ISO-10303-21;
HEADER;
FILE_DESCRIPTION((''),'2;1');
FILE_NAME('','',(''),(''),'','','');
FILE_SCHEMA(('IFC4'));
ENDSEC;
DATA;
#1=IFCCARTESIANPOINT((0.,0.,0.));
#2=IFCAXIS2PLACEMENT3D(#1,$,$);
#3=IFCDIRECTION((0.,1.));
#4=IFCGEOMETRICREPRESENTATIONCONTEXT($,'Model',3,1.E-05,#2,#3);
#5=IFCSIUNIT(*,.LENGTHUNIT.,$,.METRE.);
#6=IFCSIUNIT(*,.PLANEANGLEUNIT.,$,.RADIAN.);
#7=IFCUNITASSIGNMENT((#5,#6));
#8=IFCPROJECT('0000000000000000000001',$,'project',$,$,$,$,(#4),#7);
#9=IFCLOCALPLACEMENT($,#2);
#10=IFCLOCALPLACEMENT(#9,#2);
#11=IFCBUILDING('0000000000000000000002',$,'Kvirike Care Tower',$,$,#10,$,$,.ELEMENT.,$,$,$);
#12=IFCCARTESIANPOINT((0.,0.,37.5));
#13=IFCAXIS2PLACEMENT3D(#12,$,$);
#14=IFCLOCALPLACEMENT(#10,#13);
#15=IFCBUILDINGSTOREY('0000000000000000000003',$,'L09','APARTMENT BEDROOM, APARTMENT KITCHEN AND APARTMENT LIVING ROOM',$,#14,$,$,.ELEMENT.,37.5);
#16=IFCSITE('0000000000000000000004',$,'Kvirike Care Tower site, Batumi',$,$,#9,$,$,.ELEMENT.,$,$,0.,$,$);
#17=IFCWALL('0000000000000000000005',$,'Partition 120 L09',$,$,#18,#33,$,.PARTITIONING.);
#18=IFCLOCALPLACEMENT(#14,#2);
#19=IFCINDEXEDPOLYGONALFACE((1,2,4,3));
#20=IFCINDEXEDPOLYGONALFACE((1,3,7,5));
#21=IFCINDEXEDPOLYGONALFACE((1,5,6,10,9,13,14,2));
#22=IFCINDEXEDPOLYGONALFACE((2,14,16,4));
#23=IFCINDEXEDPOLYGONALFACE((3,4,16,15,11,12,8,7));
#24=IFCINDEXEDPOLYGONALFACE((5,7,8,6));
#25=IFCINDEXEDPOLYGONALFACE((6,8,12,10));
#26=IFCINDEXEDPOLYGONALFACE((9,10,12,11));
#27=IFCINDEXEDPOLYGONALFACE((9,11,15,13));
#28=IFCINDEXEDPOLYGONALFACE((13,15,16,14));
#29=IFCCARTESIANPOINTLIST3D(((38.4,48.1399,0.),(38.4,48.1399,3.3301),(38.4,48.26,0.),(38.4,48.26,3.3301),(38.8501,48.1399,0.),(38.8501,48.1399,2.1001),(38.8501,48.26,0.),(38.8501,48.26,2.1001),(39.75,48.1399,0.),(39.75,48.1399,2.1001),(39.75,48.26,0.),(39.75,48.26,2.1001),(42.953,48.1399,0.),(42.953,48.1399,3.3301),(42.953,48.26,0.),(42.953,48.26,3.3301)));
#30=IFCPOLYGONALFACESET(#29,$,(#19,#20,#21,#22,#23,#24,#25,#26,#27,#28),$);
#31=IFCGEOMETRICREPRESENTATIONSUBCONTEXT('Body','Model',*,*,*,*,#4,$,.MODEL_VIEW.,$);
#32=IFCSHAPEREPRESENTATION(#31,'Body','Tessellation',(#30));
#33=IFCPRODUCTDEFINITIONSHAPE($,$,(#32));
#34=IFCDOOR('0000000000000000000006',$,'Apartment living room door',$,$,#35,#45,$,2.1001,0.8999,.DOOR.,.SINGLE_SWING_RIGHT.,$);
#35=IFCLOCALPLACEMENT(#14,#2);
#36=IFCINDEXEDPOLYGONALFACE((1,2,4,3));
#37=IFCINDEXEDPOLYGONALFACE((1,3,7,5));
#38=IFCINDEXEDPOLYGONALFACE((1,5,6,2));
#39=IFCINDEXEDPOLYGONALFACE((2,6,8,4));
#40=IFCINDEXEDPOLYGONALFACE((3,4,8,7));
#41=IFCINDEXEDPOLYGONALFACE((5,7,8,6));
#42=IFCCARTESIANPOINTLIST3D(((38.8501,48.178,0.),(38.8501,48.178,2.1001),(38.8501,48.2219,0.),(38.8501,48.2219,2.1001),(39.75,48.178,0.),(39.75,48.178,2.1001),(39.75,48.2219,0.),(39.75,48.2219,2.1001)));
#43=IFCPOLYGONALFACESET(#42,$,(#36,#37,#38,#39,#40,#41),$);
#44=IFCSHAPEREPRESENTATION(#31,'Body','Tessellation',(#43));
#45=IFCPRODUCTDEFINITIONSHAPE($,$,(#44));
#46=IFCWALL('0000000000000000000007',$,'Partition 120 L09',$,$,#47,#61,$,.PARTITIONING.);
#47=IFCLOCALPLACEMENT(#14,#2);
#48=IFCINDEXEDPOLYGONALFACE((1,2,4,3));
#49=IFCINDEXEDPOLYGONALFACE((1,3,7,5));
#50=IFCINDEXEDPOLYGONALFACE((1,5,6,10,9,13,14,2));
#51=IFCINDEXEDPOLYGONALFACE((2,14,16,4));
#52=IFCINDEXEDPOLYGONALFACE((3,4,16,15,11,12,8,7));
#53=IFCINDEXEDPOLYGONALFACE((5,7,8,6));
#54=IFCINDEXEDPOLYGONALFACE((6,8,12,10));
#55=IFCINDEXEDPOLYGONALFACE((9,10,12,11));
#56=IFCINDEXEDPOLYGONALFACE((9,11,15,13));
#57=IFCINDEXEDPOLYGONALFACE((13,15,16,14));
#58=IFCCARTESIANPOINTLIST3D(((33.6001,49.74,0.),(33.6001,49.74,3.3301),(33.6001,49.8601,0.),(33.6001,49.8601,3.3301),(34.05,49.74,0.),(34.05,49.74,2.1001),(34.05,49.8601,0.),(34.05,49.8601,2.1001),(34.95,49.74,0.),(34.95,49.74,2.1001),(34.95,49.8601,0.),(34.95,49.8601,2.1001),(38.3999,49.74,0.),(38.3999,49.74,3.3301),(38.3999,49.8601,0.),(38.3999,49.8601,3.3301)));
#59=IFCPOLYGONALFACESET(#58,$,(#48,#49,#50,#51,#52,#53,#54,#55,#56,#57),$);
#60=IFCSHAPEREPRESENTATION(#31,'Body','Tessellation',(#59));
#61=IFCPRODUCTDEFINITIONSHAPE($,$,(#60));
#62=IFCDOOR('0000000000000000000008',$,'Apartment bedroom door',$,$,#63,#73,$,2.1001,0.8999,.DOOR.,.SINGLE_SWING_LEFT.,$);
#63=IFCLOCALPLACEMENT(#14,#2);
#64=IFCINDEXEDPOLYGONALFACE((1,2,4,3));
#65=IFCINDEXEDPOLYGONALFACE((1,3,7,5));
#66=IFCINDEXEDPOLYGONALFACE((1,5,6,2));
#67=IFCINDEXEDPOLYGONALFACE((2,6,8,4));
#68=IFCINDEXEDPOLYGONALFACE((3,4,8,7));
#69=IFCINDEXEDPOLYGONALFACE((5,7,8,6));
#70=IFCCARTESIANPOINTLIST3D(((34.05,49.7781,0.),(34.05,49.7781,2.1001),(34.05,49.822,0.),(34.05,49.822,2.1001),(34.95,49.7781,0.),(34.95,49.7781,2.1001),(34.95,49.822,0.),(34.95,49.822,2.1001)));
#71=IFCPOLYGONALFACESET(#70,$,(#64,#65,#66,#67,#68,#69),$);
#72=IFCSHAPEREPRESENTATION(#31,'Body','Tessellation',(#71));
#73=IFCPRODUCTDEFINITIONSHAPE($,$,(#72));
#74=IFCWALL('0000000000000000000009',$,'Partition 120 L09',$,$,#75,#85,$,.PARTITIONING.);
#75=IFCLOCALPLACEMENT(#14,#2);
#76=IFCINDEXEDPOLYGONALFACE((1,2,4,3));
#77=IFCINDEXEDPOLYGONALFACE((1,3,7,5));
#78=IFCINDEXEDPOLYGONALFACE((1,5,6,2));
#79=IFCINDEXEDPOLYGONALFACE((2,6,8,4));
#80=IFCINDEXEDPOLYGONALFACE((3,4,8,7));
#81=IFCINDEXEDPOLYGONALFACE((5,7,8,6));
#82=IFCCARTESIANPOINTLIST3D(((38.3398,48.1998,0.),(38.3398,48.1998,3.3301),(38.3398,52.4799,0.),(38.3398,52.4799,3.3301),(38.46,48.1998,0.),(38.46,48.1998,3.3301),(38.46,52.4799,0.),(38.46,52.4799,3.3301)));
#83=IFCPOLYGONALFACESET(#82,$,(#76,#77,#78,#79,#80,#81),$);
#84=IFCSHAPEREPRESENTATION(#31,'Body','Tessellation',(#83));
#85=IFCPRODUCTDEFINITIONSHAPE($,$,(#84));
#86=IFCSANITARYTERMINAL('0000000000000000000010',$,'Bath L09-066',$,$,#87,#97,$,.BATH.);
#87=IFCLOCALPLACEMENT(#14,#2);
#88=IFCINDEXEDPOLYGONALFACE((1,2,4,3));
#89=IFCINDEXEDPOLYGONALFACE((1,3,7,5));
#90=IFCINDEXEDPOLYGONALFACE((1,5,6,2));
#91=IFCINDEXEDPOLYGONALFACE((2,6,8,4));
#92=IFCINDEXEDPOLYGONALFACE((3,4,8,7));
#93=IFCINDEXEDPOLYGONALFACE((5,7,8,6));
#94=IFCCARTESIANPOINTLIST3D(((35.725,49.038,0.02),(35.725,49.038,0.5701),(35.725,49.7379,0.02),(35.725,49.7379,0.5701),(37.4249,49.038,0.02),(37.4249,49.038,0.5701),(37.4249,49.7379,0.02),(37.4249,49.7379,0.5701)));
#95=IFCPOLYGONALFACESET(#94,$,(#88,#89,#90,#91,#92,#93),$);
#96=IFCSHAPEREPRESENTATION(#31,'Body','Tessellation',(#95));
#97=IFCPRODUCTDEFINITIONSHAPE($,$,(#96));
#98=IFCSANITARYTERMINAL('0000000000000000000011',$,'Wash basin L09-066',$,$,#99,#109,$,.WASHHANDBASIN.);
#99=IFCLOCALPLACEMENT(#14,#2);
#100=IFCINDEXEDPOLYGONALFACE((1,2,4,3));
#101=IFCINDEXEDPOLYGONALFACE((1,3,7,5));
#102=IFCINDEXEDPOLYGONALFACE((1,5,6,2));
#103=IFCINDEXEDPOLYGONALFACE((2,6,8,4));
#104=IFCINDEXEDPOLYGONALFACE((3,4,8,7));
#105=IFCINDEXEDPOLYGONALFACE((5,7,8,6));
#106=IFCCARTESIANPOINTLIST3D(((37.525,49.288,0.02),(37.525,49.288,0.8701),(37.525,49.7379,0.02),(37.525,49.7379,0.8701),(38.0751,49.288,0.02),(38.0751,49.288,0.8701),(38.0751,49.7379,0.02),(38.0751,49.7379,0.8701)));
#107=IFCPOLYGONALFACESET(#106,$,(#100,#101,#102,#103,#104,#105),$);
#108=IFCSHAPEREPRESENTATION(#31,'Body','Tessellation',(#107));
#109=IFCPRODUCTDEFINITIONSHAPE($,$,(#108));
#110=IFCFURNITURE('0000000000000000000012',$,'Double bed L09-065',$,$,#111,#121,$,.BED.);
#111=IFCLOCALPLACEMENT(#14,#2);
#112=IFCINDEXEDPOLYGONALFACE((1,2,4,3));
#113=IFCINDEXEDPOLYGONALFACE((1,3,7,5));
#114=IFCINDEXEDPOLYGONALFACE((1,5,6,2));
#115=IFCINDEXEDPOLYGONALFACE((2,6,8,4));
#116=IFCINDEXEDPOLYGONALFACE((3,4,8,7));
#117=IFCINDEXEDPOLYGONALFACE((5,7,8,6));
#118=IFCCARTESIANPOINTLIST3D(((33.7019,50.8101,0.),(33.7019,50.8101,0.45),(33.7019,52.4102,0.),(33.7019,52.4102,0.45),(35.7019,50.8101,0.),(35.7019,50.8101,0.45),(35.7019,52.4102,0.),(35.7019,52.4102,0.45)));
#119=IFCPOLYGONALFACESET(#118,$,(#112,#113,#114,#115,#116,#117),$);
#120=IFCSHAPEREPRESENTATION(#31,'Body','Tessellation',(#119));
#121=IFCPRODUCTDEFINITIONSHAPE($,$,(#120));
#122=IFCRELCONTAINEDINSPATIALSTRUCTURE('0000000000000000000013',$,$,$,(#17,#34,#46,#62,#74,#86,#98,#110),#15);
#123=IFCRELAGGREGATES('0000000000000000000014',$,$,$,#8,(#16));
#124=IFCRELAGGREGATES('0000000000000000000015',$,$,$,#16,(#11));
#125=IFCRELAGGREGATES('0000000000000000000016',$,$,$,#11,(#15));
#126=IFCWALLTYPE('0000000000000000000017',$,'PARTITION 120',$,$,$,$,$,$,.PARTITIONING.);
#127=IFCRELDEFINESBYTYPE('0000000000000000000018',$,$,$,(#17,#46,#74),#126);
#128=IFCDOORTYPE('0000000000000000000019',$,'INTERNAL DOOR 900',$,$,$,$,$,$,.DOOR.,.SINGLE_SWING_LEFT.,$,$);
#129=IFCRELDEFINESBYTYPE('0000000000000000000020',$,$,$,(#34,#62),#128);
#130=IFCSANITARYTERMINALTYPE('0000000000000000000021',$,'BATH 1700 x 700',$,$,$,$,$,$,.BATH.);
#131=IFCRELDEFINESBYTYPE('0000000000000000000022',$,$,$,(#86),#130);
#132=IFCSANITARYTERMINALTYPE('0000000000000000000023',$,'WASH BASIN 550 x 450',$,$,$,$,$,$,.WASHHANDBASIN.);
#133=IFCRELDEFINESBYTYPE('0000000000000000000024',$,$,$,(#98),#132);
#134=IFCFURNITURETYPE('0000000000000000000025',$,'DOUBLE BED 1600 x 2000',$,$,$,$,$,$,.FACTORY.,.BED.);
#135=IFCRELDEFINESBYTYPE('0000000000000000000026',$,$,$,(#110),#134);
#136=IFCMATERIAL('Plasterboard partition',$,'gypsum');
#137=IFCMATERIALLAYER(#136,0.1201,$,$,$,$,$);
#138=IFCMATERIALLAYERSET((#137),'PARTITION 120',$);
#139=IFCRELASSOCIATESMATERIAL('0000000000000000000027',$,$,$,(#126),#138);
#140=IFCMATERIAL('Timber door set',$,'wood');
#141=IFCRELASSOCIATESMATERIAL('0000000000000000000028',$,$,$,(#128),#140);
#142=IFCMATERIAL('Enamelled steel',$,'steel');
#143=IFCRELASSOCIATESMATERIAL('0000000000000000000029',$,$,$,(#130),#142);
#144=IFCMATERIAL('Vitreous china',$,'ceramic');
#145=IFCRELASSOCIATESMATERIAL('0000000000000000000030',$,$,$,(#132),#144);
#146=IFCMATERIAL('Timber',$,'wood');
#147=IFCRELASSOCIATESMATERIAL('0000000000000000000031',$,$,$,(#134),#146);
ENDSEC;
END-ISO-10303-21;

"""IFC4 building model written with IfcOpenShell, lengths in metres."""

from ifc_helpers import new_model, si_unit, direction, frame, frame_2d, origin, origin_2d, place, context, subcontext, project, spatial, rectangle, extrude, material, layer, layer_set, type_object, element, fill, save


model = new_model("IFC4")

# Units and contexts
model_context = context("Model", 3, precision=1e-05, world=origin(), true_north=direction((0.0, 1.0)))
body_context = subcontext(model_context, "Body", "Model", "MODEL_VIEW")
ifc_project = project(units=[si_unit("LENGTHUNIT", "METRE"), si_unit("PLANEANGLEUNIT", "RADIAN")], contexts=[model_context])

# Site, building, storey
site_placement = place(None, origin())
site = spatial("IfcSite", under=ifc_project, at=site_placement, Name="Kvirike Care Tower site, Batumi", CompositionType="ELEMENT", RefElevation=0.0)
building_placement = place(site_placement, origin())
building = spatial("IfcBuilding", under=site, at=building_placement, Name="Kvirike Care Tower", CompositionType="ELEMENT")
storey_placement = place(building_placement, frame((0.0, 0.0, 37.5)))
storey = spatial("IfcBuildingStorey", under=building, at=storey_placement, Name="L09", Description="APARTMENT BEDROOM, APARTMENT KITCHEN AND APARTMENT LIVING ROOM", CompositionType="ELEMENT", Elevation=37.5)

# Walls, openings, doors
ifc_material_1 = material(Name="Plasterboard partition", Category="gypsum")
ifc_layer_1 = layer(ifc_material_1, 0.1201)
ifc_layer_set_1 = layer_set([ifc_layer_1], Name="PARTITION 120")
wall_type_1 = type_object("IfcWallType", Name="PARTITION 120", PredefinedType="PARTITIONING", material=ifc_layer_set_1)
ifc_material_2 = material(Name="Timber door set", Category="wood")
door_type_1 = type_object("IfcDoorType", Name="INTERNAL DOOR 900", OperationType="SINGLE_SWING_LEFT", PredefinedType="DOOR", material=ifc_material_2)
wall_1_placement = place(storey_placement, frame((42.9529, 48.2, 0.0), z_axis=(0.0, 0.0, 1.0), x_axis=(-1.0, 0.0, 0.0)))
wall_1 = element("IfcWall", 1, at=wall_1_placement, inside=storey, type_object=wall_type_1, Name="Partition 120 L09", PredefinedType="PARTITIONING", context=body_context, shape_type="SweptSolid", body=[
    extrude(rectangle(XDim=4.553, YDim=0.1201, at=frame_2d((2.2764, 0.0))), origin(), (0.0, 0.0, 1.0), 3.3301),
])
opening_1_placement = place(wall_1_placement, frame((3.2029, 0.0, 0.0)))
opening_1 = element("IfcOpeningElement", 2, at=opening_1_placement, cuts=wall_1, PredefinedType="OPENING", context=body_context, shape_type="SweptSolid", body=[
    extrude(rectangle(XDim=0.8999, YDim=2.1001, at=frame_2d((0.45, 1.05))), frame((0.0, 0.0706, 0.0), z_axis=(0.0, -1.0, 0.0), x_axis=(1.0, 0.0, 0.0)), (0.0, 0.0, 1.0), 0.1411),
])
door_1_placement = place(opening_1_placement, frame((0.8999, 0.0, 0.0), z_axis=(0.0, 0.0, 1.0), x_axis=(-1.0, 0.0, 0.0)))
door_1 = element("IfcDoor", 3, at=door_1_placement, inside=storey, type_object=door_type_1, Name="Apartment living room door", OperationType="SINGLE_SWING_RIGHT", OverallHeight=2.1001, OverallWidth=0.8999, PredefinedType="DOOR", context=body_context, shape_type="SweptSolid", body=[
    extrude(rectangle(XDim=0.8999, YDim=2.1001, at=frame_2d((0.45, 1.05))), frame((0.0, 0.022, 0.0), z_axis=(0.0, -1.0, 0.0), x_axis=(1.0, 0.0, 0.0)), (0.0, 0.0, 1.0), 0.0439),
])
fill(opening_1, door_1)
wall_2_placement = place(storey_placement, frame((38.3999, 49.8, 0.0), z_axis=(0.0, 0.0, 1.0), x_axis=(-1.0, 0.0, 0.0)))
wall_2 = element("IfcWall", 4, at=wall_2_placement, inside=storey, type_object=wall_type_1, Name="Partition 120 L09", PredefinedType="PARTITIONING", context=body_context, shape_type="SweptSolid", body=[
    extrude(rectangle(XDim=4.7998, YDim=0.1201, at=frame_2d((2.3999, 0.0))), origin(), (0.0, 0.0, 1.0), 3.3301),
])
opening_2_placement = place(wall_2_placement, frame((3.45, 0.0, 0.0)))
opening_2 = element("IfcOpeningElement", 5, at=opening_2_placement, cuts=wall_2, PredefinedType="OPENING", context=body_context, shape_type="SweptSolid", body=[
    extrude(rectangle(XDim=0.8999, YDim=2.1001, at=frame_2d((0.45, 1.05))), frame((0.0, 0.0706, 0.0), z_axis=(0.0, -1.0, 0.0), x_axis=(1.0, 0.0, 0.0)), (0.0, 0.0, 1.0), 0.1411),
])
door_2_placement = place(opening_2_placement, origin())
door_2 = element("IfcDoor", 6, at=door_2_placement, inside=storey, type_object=door_type_1, Name="Apartment bedroom door", OperationType="SINGLE_SWING_LEFT", OverallHeight=2.1001, OverallWidth=0.8999, PredefinedType="DOOR", context=body_context, shape_type="SweptSolid", body=[
    extrude(rectangle(XDim=0.8999, YDim=2.1001, at=frame_2d((0.45, 1.05))), frame((0.0, 0.022, 0.0), z_axis=(0.0, -1.0, 0.0), x_axis=(1.0, 0.0, 0.0)), (0.0, 0.0, 1.0), 0.0439),
])
fill(opening_2, door_2)

# Wall
wall_3_placement = place(storey_placement, frame((38.3999, 52.48, 0.0), z_axis=(0.0, 0.0, 1.0), x_axis=(0.0, -1.0, 0.0)))
element("IfcWall", 7, at=wall_3_placement, inside=storey, type_object=wall_type_1, Name="Partition 120 L09", PredefinedType="PARTITIONING", context=body_context, shape_type="SweptSolid", body=[
    extrude(rectangle(XDim=4.28, YDim=0.1201, at=frame_2d((2.1401, 0.0))), origin(), (0.0, 0.0, 1.0), 3.3301),
])

# Sanitary terminals
ifc_material_3 = material(Name="Enamelled steel", Category="steel")
sanitary_terminal_type_1 = type_object("IfcSanitaryTerminalType", Name="BATH 1700 x 700", PredefinedType="BATH", material=ifc_material_3)
sanitary_terminal_1_placement = place(storey_placement, frame((36.575, 49.3879, 0.02), z_axis=(0.0, 0.0, 1.0), x_axis=(1.0, 0.0, 0.0)))
element("IfcSanitaryTerminal", 8, at=sanitary_terminal_1_placement, inside=storey, type_object=sanitary_terminal_type_1, Name="Bath L09-066", PredefinedType="BATH", context=body_context, shape_type="SweptSolid", body=[
    extrude(rectangle(XDim=1.7, YDim=0.7, at=origin_2d()), origin(), (0.0, 0.0, 1.0), 0.55),
])
ifc_material_4 = material(Name="Vitreous china", Category="ceramic")
sanitary_terminal_type_2 = type_object("IfcSanitaryTerminalType", Name="WASH BASIN 550 x 450", PredefinedType="WASHHANDBASIN", material=ifc_material_4)
sanitary_terminal_2_placement = place(storey_placement, frame((37.8, 49.5129, 0.02), z_axis=(0.0, 0.0, 1.0), x_axis=(1.0, 0.0, 0.0)))
element("IfcSanitaryTerminal", 9, at=sanitary_terminal_2_placement, inside=storey, type_object=sanitary_terminal_type_2, Name="Wash basin L09-066", PredefinedType="WASHHANDBASIN", context=body_context, shape_type="SweptSolid", body=[
    extrude(rectangle(XDim=0.55, YDim=0.45, at=origin_2d()), origin(), (0.0, 0.0, 1.0), 0.8501),
])

# Furniture
ifc_material_5 = material(Name="Timber", Category="wood")
furniture_type = type_object("IfcFurnitureType", Name="DOUBLE BED 1600 x 2000", AssemblyPlace="FACTORY", PredefinedType="BED", material=ifc_material_5)
furniture_placement = place(storey_placement, frame((34.7019, 51.6101, 0.0), z_axis=(0.0, 0.0, 1.0), x_axis=(0.0, 1.0, 0.0)))
element("IfcFurniture", 10, at=furniture_placement, inside=storey, type_object=furniture_type, Name="Double bed L09-065", PredefinedType="BED", context=body_context, shape_type="SweptSolid", body=[
    extrude(rectangle(XDim=1.6001, YDim=2.0, at=origin_2d()), origin(), (0.0, 0.0, 1.0), 0.45),
])

save(model, "model.ifc")
